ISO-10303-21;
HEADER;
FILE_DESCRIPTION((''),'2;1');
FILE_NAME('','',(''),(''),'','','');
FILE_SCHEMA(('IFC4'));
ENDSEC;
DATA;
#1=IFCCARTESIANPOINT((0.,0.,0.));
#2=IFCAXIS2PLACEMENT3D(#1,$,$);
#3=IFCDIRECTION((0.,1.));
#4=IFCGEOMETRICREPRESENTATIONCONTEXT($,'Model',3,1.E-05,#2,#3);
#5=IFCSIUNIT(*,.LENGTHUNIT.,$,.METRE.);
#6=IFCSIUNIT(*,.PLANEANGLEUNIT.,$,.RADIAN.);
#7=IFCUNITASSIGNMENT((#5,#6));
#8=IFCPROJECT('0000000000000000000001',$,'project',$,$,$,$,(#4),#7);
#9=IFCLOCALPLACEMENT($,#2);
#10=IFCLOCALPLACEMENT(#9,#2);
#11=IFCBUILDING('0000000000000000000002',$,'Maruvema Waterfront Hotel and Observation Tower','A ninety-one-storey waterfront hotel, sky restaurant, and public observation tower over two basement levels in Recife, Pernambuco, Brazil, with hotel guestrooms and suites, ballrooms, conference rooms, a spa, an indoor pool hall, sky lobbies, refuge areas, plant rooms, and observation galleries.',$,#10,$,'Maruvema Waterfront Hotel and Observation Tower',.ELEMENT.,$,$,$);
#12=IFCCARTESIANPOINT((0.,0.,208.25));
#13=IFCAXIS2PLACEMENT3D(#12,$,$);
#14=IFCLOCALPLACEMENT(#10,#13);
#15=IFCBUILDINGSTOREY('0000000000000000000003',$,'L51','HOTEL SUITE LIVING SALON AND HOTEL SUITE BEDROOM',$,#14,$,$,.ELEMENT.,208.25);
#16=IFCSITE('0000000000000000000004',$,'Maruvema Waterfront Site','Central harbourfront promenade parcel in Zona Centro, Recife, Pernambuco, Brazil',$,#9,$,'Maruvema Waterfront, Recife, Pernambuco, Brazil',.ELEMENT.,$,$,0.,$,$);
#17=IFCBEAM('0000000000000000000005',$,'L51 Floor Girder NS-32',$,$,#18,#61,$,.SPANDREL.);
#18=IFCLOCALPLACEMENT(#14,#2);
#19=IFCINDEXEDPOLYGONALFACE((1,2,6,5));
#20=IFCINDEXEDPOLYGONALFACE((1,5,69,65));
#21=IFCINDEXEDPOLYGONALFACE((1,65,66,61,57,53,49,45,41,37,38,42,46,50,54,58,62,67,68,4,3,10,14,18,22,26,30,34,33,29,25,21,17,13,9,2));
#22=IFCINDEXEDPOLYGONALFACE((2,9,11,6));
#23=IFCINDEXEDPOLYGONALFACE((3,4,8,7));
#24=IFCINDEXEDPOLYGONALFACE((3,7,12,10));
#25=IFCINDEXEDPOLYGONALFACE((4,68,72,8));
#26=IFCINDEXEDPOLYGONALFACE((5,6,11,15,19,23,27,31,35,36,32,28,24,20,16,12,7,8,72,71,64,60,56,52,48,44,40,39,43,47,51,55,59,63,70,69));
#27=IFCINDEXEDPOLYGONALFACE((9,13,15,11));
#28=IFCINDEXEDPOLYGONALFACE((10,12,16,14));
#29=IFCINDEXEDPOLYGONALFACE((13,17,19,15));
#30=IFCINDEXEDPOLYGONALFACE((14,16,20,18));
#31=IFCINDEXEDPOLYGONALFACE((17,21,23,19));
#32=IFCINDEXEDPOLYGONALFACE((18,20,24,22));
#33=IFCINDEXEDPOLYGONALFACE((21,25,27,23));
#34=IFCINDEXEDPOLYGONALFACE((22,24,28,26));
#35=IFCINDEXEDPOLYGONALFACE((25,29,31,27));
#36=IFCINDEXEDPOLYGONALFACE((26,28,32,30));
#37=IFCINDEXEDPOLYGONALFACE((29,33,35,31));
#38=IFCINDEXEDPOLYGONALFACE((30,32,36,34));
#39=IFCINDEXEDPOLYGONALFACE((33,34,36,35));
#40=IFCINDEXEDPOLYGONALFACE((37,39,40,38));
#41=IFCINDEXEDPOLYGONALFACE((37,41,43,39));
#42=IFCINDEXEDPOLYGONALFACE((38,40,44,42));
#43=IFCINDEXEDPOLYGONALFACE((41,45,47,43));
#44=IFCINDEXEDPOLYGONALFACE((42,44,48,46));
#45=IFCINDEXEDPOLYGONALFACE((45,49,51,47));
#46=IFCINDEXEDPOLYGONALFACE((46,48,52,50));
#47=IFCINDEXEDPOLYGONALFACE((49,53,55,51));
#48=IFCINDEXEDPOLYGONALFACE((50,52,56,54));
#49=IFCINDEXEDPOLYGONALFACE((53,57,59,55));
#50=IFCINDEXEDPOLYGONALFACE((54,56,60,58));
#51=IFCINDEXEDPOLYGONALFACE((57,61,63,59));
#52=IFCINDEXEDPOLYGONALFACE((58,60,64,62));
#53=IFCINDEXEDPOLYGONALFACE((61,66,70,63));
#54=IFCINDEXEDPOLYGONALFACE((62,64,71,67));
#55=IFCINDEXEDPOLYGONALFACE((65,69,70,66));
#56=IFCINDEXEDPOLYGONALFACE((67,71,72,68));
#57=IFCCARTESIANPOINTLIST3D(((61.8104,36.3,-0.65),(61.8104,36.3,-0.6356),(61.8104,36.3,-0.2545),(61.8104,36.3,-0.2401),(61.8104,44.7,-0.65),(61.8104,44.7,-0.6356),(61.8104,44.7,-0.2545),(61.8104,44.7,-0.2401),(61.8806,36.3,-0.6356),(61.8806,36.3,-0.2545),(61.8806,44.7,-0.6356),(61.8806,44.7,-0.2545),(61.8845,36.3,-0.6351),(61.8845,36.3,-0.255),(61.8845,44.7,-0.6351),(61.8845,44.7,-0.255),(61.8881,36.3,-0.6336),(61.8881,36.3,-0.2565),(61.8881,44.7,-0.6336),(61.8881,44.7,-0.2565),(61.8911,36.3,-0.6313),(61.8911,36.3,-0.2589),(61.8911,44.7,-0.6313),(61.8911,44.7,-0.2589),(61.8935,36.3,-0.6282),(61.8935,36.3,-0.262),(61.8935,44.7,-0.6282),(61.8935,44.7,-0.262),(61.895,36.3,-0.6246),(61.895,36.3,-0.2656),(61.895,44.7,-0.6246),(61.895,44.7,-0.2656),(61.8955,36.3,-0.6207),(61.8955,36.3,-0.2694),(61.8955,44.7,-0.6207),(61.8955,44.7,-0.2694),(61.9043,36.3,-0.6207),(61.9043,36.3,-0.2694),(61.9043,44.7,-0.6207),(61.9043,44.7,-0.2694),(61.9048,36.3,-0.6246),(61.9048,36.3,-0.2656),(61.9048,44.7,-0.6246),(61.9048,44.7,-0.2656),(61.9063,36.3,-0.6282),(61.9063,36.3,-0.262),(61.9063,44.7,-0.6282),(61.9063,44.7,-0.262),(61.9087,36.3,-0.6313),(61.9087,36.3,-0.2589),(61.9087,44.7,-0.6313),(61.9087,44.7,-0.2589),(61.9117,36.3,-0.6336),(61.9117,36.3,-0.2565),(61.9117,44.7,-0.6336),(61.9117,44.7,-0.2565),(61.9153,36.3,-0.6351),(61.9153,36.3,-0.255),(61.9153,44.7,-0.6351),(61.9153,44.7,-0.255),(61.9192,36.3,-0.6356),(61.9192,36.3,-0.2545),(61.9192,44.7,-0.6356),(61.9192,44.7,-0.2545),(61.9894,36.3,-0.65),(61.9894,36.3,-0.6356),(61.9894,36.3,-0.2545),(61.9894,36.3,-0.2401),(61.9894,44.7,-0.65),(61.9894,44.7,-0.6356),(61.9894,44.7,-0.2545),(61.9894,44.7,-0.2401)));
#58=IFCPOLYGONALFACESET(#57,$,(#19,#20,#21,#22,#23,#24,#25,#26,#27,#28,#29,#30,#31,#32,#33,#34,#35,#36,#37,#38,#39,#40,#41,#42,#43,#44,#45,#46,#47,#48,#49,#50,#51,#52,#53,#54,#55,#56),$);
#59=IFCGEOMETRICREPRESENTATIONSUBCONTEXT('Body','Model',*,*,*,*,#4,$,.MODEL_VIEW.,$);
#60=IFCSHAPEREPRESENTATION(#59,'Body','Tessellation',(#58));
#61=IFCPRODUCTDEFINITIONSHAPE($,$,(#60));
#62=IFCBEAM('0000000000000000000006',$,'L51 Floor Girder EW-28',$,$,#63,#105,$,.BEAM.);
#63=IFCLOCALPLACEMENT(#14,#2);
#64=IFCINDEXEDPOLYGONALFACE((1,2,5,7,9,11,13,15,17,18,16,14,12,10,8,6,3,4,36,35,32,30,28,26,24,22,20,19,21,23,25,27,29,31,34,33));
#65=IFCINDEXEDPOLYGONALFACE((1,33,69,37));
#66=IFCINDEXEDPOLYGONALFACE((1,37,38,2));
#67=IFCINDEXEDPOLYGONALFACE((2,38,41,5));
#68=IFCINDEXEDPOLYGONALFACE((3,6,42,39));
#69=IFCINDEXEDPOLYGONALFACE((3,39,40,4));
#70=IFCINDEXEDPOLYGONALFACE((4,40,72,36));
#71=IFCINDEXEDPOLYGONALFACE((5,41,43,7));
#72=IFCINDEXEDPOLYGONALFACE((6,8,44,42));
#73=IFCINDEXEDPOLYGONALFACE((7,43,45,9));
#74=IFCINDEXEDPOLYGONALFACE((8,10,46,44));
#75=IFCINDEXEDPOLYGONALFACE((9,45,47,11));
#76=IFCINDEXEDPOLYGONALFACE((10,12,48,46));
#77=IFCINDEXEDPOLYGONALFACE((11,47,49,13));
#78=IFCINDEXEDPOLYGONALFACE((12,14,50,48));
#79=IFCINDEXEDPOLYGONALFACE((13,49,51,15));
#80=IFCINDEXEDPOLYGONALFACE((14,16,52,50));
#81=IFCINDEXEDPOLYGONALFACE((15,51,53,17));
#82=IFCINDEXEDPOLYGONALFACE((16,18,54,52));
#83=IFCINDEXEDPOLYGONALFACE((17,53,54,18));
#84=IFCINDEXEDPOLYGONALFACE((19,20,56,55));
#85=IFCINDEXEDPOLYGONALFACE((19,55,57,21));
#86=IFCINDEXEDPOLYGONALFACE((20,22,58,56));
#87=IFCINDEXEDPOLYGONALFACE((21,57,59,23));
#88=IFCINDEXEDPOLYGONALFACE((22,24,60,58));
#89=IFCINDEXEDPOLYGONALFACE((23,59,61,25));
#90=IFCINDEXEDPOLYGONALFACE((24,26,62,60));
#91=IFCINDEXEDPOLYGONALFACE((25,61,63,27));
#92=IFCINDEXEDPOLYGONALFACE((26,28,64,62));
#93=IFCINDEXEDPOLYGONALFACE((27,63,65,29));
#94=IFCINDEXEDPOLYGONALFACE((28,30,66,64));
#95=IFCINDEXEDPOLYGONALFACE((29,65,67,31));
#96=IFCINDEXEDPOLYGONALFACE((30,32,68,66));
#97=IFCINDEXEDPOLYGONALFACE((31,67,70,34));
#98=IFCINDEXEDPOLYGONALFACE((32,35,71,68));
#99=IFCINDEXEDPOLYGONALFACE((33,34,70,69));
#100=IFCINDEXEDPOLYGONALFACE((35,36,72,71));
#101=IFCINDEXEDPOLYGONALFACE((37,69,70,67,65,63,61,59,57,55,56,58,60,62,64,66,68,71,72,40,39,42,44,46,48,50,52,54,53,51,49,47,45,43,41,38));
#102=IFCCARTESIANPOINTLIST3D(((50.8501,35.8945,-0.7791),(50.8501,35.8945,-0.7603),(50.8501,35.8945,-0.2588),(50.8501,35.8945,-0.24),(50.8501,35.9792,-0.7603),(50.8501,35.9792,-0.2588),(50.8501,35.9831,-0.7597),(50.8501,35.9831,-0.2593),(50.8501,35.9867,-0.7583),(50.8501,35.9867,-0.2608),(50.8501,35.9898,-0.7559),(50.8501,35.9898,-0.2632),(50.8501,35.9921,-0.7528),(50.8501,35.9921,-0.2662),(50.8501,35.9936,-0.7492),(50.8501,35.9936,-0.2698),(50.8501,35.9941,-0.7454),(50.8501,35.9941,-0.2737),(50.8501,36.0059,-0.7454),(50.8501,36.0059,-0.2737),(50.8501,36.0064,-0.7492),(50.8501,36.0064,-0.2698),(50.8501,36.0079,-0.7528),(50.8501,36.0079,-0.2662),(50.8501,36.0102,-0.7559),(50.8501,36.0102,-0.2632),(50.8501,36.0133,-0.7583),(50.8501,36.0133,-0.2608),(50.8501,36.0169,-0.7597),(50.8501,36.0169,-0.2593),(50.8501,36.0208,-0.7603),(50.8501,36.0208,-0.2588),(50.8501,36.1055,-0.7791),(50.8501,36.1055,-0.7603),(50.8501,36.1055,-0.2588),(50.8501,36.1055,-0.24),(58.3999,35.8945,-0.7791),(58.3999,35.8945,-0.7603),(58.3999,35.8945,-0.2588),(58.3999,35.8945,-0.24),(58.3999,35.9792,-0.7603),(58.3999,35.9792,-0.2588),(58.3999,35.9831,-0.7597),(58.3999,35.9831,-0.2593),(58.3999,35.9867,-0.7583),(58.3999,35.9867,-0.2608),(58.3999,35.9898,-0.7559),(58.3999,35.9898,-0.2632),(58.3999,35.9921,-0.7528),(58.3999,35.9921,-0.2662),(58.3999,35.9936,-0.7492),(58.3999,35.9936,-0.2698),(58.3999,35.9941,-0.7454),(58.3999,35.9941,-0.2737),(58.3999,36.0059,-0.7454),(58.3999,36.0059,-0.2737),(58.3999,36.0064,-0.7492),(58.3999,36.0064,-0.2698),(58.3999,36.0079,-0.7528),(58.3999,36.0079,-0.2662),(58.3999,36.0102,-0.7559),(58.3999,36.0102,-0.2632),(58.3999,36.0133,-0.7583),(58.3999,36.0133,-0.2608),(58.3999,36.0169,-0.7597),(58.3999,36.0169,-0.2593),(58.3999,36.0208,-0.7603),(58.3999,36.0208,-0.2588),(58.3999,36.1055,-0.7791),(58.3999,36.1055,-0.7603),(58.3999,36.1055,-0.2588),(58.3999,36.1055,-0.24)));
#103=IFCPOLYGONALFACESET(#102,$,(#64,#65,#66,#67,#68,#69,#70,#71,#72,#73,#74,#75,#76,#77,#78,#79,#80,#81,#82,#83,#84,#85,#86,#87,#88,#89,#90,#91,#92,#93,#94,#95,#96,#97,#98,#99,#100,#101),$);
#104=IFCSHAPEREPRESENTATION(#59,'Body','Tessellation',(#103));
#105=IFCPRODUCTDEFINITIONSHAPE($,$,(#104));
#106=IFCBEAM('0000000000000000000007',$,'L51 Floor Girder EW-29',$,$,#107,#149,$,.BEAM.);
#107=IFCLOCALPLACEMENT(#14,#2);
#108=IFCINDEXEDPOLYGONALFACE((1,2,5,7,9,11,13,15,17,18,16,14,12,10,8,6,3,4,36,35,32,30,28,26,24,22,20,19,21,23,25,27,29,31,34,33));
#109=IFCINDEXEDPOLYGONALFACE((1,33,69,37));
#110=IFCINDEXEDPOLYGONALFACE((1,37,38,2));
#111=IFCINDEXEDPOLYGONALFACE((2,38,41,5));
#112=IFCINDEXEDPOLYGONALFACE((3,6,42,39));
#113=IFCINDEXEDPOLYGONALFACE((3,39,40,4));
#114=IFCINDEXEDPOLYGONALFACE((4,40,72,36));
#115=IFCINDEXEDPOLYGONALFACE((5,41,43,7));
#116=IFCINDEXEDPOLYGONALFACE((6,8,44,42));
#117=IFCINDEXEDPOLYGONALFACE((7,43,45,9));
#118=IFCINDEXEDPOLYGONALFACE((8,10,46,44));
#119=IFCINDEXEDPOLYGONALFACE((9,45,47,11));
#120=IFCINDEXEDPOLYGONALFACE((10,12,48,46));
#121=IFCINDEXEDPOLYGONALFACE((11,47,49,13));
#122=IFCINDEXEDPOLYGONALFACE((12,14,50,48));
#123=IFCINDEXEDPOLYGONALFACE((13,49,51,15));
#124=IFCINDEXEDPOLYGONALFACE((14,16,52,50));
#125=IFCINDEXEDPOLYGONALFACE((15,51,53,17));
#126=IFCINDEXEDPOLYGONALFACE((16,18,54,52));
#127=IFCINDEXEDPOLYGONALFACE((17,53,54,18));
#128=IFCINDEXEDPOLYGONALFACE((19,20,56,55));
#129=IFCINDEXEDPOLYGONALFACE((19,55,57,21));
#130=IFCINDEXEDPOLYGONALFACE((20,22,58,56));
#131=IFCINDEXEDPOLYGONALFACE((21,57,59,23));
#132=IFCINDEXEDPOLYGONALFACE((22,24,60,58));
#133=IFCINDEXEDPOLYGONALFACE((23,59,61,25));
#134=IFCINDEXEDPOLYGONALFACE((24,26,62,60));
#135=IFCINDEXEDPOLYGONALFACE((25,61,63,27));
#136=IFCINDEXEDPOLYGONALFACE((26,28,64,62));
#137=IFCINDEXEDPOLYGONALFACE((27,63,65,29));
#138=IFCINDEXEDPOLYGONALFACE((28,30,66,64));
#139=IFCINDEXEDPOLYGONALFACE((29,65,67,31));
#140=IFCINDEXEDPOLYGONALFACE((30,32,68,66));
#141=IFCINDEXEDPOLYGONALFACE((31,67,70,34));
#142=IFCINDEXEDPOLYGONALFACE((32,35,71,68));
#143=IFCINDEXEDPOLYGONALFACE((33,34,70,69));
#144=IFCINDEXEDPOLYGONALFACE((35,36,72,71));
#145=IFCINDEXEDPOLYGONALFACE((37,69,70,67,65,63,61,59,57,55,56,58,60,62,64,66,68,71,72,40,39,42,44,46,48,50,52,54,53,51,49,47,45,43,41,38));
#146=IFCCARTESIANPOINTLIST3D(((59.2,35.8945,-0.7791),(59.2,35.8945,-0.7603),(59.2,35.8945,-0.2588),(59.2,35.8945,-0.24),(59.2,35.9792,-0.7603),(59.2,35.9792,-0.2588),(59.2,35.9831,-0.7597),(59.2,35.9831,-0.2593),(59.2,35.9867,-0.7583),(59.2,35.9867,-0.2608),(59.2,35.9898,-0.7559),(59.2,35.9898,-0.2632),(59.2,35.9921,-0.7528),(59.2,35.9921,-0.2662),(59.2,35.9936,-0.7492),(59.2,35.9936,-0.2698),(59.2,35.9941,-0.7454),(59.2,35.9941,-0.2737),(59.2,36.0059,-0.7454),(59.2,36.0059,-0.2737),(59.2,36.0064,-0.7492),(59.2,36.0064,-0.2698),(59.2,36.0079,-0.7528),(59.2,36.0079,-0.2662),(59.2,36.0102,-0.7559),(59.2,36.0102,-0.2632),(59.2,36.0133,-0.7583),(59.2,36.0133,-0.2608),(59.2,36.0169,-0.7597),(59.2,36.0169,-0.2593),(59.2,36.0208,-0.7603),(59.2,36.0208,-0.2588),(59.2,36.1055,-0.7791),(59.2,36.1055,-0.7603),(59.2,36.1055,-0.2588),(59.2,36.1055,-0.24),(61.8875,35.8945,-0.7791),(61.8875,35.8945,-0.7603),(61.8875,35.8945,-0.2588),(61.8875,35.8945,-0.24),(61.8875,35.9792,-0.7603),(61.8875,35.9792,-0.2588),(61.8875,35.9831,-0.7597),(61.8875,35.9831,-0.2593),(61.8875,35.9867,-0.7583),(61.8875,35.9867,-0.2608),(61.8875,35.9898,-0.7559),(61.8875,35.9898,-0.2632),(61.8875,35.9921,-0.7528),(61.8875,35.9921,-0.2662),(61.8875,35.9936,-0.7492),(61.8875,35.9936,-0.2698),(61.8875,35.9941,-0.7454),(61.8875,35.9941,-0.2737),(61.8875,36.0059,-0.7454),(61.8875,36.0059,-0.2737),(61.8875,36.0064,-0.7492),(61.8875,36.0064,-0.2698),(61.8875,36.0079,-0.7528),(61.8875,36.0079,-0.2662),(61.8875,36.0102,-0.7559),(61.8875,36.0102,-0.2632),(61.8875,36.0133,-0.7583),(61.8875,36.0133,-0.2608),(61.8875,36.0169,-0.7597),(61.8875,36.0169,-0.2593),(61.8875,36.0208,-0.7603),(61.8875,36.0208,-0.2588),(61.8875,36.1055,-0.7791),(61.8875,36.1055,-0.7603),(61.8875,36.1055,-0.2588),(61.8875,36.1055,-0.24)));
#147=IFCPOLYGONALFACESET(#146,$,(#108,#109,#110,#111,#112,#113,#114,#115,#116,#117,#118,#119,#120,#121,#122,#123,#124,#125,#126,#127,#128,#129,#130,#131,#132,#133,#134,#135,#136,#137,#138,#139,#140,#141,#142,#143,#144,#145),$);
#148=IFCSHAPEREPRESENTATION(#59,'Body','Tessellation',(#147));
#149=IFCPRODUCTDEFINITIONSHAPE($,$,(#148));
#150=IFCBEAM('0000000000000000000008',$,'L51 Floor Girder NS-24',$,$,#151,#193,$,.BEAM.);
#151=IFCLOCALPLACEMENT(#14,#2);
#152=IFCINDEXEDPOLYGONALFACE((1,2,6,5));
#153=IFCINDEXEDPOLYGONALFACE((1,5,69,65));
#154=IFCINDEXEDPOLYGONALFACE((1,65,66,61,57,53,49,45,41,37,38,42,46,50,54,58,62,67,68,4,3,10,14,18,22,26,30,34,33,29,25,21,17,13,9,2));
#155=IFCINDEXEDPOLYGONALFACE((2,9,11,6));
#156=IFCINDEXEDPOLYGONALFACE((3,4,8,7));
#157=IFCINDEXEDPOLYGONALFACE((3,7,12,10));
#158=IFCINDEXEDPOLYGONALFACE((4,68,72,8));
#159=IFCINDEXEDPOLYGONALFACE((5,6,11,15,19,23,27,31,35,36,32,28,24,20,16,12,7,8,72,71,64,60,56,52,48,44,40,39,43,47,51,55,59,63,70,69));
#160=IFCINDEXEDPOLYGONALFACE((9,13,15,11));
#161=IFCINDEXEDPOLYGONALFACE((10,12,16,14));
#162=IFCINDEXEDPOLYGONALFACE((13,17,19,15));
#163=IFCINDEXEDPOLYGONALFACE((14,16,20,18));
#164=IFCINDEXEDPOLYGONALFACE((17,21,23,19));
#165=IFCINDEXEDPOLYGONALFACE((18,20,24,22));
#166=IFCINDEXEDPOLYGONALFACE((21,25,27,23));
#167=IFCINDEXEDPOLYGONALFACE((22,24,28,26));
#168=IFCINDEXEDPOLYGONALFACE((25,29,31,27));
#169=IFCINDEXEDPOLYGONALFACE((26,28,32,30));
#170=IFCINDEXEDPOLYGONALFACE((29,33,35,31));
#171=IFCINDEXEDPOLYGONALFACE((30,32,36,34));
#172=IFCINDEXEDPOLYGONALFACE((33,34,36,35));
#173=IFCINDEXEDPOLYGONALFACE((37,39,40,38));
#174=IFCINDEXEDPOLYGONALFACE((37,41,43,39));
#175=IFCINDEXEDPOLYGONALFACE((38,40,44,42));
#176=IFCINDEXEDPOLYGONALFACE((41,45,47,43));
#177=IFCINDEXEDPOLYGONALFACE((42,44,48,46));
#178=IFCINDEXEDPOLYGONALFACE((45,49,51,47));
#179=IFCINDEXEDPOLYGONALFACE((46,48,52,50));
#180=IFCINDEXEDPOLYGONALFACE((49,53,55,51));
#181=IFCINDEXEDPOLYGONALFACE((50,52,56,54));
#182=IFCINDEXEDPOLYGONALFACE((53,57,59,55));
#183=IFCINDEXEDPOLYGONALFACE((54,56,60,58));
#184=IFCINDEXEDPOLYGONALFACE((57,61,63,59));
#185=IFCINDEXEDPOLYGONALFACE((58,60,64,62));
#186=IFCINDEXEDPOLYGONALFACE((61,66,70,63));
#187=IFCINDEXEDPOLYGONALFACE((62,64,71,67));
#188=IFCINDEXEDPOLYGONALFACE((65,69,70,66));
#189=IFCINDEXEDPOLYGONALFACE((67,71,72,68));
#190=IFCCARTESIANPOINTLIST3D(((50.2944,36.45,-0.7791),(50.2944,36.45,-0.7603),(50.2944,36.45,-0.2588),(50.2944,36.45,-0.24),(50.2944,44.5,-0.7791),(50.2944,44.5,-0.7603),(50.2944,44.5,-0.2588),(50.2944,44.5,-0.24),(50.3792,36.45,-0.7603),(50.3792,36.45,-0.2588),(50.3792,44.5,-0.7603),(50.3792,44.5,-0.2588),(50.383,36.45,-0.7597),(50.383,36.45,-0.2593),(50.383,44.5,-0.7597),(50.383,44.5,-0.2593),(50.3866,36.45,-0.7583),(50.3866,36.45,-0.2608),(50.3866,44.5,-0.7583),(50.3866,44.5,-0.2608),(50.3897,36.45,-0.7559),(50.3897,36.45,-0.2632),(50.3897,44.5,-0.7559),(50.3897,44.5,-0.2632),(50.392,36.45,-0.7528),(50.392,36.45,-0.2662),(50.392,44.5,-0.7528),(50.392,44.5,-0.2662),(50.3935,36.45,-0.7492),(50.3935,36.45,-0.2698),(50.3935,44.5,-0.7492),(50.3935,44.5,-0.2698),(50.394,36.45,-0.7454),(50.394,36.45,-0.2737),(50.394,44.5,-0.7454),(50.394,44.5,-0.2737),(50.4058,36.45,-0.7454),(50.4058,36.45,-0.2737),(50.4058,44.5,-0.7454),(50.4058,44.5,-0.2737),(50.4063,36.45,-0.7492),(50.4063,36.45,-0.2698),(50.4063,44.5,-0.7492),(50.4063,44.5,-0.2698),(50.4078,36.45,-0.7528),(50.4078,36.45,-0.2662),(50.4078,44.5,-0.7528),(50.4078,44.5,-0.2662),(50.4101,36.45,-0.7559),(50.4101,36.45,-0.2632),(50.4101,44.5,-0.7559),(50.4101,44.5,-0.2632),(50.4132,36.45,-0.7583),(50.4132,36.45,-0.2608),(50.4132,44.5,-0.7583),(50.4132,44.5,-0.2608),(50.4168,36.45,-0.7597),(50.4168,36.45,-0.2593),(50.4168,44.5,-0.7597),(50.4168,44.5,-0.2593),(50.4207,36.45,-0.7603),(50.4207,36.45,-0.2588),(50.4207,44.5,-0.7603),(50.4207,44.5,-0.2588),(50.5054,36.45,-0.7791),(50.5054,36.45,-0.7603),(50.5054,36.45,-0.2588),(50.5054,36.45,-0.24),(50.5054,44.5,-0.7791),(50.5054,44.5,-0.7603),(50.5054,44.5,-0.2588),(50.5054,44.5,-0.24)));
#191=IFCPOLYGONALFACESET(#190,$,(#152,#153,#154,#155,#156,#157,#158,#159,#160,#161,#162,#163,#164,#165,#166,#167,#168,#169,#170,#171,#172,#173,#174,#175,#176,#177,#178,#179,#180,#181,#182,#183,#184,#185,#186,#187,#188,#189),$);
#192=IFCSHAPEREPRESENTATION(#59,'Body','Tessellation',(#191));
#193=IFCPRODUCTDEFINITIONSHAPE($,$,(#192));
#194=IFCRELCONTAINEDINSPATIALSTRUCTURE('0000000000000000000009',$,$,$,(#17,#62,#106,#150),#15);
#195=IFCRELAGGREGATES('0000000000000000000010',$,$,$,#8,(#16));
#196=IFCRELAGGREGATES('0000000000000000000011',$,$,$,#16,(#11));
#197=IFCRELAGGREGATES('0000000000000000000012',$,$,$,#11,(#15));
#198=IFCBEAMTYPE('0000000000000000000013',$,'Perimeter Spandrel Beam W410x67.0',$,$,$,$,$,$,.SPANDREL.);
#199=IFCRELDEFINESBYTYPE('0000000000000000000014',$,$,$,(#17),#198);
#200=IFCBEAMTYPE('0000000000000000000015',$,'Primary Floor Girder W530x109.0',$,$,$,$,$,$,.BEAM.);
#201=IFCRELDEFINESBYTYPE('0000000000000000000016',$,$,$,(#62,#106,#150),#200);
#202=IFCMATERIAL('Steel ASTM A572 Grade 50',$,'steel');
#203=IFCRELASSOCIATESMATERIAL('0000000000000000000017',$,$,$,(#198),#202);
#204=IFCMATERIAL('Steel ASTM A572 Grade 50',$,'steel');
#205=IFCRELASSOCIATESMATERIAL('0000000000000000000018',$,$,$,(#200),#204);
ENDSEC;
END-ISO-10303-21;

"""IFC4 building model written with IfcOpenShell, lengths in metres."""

from ifc_helpers import new_model, si_unit, direction, frame, origin, origin_2d, place, context, subcontext, project, spatial, i_section, extrude, material, material_profile, profile_set, type_object, element, save


model = new_model("IFC4")

# Units and contexts
model_context = context("Model", 3, precision=1e-05, world=origin(), true_north=direction((0.0, 1.0)))
body_context = subcontext(model_context, "Body", "Model", "MODEL_VIEW")
ifc_project = project(units=[si_unit("LENGTHUNIT", "METRE"), si_unit("PLANEANGLEUNIT", "RADIAN")], contexts=[model_context])

# Site, building, storey
site_placement = place(None, origin())
site = spatial("IfcSite", under=ifc_project, at=site_placement, Name="Maruvema Waterfront Site", Description="Central harbourfront promenade parcel in Zona Centro, Recife, Pernambuco, Brazil", LongName="Maruvema Waterfront, Recife, Pernambuco, Brazil", CompositionType="ELEMENT", RefElevation=0.0)
building_placement = place(site_placement, origin())
building = spatial("IfcBuilding", under=site, at=building_placement, Name="Maruvema Waterfront Hotel and Observation Tower", Description="A ninety-one-storey waterfront hotel, sky restaurant, and public observation tower over two basement levels in Recife, Pernambuco, Brazil, with hotel guestrooms and suites, ballrooms, conference rooms, a spa, an indoor pool hall, sky lobbies, refuge areas, plant rooms, and observation galleries.", LongName="Maruvema Waterfront Hotel and Observation Tower", CompositionType="ELEMENT")
storey_placement = place(building_placement, frame((0.0, 0.0, 208.25)))
storey = spatial("IfcBuildingStorey", under=building, at=storey_placement, Name="L51", Description="HOTEL SUITE LIVING SALON AND HOTEL SUITE BEDROOM", CompositionType="ELEMENT", Elevation=208.25)

# Beams
ifc_material_1 = material(Name="Steel ASTM A572 Grade 50", Category="steel")
ifc_material_profile_1 = material_profile(ifc_material_1, i_section(OverallWidth=0.179, OverallDepth=0.4099, WebThickness=0.0088, FlangeThickness=0.0144, FilletRadius=0.0149, at=origin_2d()), Name="W410x67.0")
ifc_profile_set_1 = profile_set([ifc_material_profile_1], Name="Steel ASTM A572 Grade 50")
beam_type_1 = type_object("IfcBeamType", Name="Perimeter Spandrel Beam W410x67.0", PredefinedType="SPANDREL", material=ifc_profile_set_1)
beam_1_placement = place(storey_placement, frame((61.8999, 36.3, -0.4451), z_axis=(0.0, 1.0, 0.0), x_axis=(-1.0, 0.0, 0.0)))
element("IfcBeam", 1, at=beam_1_placement, inside=storey, type_object=beam_type_1, Name="L51 Floor Girder NS-32", PredefinedType="SPANDREL", context=body_context, shape_type="SweptSolid", body=[
    extrude(i_section(OverallWidth=0.179, OverallDepth=0.4099, WebThickness=0.0088, FlangeThickness=0.0144, FilletRadius=0.0149, at=origin_2d()), origin(), (0.0, 0.0, 1.0), 8.3999),
])
ifc_material_2 = material(Name="Steel ASTM A572 Grade 50", Category="steel")
ifc_material_profile_2 = material_profile(ifc_material_2, i_section(OverallWidth=0.2109, OverallDepth=0.5391, WebThickness=0.0117, FlangeThickness=0.0188, FilletRadius=0.0149, at=origin_2d()), Name="W530x109.0")
ifc_profile_set_2 = profile_set([ifc_material_profile_2], Name="Steel ASTM A572 Grade 50")
beam_type_2 = type_object("IfcBeamType", Name="Primary Floor Girder W530x109.0", PredefinedType="BEAM", material=ifc_profile_set_2)
beam_2_placement = place(storey_placement, frame((50.8501, 36.0, -0.5095), z_axis=(1.0, 0.0, 0.0), x_axis=(0.0, 1.0, 0.0)))
element("IfcBeam", 2, at=beam_2_placement, inside=storey, type_object=beam_type_2, Name="L51 Floor Girder EW-28", PredefinedType="BEAM", context=body_context, shape_type="SweptSolid", body=[
    extrude(i_section(OverallWidth=0.2109, OverallDepth=0.5391, WebThickness=0.0117, FlangeThickness=0.0188, FilletRadius=0.0149, at=origin_2d()), origin(), (0.0, 0.0, 1.0), 7.5498),
])
beam_3_placement = place(storey_placement, frame((59.2, 36.0, -0.5095), z_axis=(1.0, 0.0, 0.0), x_axis=(0.0, 1.0, 0.0)))
element("IfcBeam", 3, at=beam_3_placement, inside=storey, type_object=beam_type_2, Name="L51 Floor Girder EW-29", PredefinedType="BEAM", context=body_context, shape_type="SweptSolid", body=[
    extrude(i_section(OverallWidth=0.2109, OverallDepth=0.5391, WebThickness=0.0117, FlangeThickness=0.0188, FilletRadius=0.0149, at=origin_2d()), origin(), (0.0, 0.0, 1.0), 2.6875),
])
beam_4_placement = place(storey_placement, frame((50.3999, 36.45, -0.5095), z_axis=(0.0, 1.0, 0.0), x_axis=(-1.0, 0.0, 0.0)))
element("IfcBeam", 4, at=beam_4_placement, inside=storey, type_object=beam_type_2, Name="L51 Floor Girder NS-24", PredefinedType="BEAM", context=body_context, shape_type="SweptSolid", body=[
    extrude(i_section(OverallWidth=0.2109, OverallDepth=0.5391, WebThickness=0.0117, FlangeThickness=0.0188, FilletRadius=0.0149, at=origin_2d()), origin(), (0.0, 0.0, 1.0), 8.05),
])

save(model, "model.ifc")
